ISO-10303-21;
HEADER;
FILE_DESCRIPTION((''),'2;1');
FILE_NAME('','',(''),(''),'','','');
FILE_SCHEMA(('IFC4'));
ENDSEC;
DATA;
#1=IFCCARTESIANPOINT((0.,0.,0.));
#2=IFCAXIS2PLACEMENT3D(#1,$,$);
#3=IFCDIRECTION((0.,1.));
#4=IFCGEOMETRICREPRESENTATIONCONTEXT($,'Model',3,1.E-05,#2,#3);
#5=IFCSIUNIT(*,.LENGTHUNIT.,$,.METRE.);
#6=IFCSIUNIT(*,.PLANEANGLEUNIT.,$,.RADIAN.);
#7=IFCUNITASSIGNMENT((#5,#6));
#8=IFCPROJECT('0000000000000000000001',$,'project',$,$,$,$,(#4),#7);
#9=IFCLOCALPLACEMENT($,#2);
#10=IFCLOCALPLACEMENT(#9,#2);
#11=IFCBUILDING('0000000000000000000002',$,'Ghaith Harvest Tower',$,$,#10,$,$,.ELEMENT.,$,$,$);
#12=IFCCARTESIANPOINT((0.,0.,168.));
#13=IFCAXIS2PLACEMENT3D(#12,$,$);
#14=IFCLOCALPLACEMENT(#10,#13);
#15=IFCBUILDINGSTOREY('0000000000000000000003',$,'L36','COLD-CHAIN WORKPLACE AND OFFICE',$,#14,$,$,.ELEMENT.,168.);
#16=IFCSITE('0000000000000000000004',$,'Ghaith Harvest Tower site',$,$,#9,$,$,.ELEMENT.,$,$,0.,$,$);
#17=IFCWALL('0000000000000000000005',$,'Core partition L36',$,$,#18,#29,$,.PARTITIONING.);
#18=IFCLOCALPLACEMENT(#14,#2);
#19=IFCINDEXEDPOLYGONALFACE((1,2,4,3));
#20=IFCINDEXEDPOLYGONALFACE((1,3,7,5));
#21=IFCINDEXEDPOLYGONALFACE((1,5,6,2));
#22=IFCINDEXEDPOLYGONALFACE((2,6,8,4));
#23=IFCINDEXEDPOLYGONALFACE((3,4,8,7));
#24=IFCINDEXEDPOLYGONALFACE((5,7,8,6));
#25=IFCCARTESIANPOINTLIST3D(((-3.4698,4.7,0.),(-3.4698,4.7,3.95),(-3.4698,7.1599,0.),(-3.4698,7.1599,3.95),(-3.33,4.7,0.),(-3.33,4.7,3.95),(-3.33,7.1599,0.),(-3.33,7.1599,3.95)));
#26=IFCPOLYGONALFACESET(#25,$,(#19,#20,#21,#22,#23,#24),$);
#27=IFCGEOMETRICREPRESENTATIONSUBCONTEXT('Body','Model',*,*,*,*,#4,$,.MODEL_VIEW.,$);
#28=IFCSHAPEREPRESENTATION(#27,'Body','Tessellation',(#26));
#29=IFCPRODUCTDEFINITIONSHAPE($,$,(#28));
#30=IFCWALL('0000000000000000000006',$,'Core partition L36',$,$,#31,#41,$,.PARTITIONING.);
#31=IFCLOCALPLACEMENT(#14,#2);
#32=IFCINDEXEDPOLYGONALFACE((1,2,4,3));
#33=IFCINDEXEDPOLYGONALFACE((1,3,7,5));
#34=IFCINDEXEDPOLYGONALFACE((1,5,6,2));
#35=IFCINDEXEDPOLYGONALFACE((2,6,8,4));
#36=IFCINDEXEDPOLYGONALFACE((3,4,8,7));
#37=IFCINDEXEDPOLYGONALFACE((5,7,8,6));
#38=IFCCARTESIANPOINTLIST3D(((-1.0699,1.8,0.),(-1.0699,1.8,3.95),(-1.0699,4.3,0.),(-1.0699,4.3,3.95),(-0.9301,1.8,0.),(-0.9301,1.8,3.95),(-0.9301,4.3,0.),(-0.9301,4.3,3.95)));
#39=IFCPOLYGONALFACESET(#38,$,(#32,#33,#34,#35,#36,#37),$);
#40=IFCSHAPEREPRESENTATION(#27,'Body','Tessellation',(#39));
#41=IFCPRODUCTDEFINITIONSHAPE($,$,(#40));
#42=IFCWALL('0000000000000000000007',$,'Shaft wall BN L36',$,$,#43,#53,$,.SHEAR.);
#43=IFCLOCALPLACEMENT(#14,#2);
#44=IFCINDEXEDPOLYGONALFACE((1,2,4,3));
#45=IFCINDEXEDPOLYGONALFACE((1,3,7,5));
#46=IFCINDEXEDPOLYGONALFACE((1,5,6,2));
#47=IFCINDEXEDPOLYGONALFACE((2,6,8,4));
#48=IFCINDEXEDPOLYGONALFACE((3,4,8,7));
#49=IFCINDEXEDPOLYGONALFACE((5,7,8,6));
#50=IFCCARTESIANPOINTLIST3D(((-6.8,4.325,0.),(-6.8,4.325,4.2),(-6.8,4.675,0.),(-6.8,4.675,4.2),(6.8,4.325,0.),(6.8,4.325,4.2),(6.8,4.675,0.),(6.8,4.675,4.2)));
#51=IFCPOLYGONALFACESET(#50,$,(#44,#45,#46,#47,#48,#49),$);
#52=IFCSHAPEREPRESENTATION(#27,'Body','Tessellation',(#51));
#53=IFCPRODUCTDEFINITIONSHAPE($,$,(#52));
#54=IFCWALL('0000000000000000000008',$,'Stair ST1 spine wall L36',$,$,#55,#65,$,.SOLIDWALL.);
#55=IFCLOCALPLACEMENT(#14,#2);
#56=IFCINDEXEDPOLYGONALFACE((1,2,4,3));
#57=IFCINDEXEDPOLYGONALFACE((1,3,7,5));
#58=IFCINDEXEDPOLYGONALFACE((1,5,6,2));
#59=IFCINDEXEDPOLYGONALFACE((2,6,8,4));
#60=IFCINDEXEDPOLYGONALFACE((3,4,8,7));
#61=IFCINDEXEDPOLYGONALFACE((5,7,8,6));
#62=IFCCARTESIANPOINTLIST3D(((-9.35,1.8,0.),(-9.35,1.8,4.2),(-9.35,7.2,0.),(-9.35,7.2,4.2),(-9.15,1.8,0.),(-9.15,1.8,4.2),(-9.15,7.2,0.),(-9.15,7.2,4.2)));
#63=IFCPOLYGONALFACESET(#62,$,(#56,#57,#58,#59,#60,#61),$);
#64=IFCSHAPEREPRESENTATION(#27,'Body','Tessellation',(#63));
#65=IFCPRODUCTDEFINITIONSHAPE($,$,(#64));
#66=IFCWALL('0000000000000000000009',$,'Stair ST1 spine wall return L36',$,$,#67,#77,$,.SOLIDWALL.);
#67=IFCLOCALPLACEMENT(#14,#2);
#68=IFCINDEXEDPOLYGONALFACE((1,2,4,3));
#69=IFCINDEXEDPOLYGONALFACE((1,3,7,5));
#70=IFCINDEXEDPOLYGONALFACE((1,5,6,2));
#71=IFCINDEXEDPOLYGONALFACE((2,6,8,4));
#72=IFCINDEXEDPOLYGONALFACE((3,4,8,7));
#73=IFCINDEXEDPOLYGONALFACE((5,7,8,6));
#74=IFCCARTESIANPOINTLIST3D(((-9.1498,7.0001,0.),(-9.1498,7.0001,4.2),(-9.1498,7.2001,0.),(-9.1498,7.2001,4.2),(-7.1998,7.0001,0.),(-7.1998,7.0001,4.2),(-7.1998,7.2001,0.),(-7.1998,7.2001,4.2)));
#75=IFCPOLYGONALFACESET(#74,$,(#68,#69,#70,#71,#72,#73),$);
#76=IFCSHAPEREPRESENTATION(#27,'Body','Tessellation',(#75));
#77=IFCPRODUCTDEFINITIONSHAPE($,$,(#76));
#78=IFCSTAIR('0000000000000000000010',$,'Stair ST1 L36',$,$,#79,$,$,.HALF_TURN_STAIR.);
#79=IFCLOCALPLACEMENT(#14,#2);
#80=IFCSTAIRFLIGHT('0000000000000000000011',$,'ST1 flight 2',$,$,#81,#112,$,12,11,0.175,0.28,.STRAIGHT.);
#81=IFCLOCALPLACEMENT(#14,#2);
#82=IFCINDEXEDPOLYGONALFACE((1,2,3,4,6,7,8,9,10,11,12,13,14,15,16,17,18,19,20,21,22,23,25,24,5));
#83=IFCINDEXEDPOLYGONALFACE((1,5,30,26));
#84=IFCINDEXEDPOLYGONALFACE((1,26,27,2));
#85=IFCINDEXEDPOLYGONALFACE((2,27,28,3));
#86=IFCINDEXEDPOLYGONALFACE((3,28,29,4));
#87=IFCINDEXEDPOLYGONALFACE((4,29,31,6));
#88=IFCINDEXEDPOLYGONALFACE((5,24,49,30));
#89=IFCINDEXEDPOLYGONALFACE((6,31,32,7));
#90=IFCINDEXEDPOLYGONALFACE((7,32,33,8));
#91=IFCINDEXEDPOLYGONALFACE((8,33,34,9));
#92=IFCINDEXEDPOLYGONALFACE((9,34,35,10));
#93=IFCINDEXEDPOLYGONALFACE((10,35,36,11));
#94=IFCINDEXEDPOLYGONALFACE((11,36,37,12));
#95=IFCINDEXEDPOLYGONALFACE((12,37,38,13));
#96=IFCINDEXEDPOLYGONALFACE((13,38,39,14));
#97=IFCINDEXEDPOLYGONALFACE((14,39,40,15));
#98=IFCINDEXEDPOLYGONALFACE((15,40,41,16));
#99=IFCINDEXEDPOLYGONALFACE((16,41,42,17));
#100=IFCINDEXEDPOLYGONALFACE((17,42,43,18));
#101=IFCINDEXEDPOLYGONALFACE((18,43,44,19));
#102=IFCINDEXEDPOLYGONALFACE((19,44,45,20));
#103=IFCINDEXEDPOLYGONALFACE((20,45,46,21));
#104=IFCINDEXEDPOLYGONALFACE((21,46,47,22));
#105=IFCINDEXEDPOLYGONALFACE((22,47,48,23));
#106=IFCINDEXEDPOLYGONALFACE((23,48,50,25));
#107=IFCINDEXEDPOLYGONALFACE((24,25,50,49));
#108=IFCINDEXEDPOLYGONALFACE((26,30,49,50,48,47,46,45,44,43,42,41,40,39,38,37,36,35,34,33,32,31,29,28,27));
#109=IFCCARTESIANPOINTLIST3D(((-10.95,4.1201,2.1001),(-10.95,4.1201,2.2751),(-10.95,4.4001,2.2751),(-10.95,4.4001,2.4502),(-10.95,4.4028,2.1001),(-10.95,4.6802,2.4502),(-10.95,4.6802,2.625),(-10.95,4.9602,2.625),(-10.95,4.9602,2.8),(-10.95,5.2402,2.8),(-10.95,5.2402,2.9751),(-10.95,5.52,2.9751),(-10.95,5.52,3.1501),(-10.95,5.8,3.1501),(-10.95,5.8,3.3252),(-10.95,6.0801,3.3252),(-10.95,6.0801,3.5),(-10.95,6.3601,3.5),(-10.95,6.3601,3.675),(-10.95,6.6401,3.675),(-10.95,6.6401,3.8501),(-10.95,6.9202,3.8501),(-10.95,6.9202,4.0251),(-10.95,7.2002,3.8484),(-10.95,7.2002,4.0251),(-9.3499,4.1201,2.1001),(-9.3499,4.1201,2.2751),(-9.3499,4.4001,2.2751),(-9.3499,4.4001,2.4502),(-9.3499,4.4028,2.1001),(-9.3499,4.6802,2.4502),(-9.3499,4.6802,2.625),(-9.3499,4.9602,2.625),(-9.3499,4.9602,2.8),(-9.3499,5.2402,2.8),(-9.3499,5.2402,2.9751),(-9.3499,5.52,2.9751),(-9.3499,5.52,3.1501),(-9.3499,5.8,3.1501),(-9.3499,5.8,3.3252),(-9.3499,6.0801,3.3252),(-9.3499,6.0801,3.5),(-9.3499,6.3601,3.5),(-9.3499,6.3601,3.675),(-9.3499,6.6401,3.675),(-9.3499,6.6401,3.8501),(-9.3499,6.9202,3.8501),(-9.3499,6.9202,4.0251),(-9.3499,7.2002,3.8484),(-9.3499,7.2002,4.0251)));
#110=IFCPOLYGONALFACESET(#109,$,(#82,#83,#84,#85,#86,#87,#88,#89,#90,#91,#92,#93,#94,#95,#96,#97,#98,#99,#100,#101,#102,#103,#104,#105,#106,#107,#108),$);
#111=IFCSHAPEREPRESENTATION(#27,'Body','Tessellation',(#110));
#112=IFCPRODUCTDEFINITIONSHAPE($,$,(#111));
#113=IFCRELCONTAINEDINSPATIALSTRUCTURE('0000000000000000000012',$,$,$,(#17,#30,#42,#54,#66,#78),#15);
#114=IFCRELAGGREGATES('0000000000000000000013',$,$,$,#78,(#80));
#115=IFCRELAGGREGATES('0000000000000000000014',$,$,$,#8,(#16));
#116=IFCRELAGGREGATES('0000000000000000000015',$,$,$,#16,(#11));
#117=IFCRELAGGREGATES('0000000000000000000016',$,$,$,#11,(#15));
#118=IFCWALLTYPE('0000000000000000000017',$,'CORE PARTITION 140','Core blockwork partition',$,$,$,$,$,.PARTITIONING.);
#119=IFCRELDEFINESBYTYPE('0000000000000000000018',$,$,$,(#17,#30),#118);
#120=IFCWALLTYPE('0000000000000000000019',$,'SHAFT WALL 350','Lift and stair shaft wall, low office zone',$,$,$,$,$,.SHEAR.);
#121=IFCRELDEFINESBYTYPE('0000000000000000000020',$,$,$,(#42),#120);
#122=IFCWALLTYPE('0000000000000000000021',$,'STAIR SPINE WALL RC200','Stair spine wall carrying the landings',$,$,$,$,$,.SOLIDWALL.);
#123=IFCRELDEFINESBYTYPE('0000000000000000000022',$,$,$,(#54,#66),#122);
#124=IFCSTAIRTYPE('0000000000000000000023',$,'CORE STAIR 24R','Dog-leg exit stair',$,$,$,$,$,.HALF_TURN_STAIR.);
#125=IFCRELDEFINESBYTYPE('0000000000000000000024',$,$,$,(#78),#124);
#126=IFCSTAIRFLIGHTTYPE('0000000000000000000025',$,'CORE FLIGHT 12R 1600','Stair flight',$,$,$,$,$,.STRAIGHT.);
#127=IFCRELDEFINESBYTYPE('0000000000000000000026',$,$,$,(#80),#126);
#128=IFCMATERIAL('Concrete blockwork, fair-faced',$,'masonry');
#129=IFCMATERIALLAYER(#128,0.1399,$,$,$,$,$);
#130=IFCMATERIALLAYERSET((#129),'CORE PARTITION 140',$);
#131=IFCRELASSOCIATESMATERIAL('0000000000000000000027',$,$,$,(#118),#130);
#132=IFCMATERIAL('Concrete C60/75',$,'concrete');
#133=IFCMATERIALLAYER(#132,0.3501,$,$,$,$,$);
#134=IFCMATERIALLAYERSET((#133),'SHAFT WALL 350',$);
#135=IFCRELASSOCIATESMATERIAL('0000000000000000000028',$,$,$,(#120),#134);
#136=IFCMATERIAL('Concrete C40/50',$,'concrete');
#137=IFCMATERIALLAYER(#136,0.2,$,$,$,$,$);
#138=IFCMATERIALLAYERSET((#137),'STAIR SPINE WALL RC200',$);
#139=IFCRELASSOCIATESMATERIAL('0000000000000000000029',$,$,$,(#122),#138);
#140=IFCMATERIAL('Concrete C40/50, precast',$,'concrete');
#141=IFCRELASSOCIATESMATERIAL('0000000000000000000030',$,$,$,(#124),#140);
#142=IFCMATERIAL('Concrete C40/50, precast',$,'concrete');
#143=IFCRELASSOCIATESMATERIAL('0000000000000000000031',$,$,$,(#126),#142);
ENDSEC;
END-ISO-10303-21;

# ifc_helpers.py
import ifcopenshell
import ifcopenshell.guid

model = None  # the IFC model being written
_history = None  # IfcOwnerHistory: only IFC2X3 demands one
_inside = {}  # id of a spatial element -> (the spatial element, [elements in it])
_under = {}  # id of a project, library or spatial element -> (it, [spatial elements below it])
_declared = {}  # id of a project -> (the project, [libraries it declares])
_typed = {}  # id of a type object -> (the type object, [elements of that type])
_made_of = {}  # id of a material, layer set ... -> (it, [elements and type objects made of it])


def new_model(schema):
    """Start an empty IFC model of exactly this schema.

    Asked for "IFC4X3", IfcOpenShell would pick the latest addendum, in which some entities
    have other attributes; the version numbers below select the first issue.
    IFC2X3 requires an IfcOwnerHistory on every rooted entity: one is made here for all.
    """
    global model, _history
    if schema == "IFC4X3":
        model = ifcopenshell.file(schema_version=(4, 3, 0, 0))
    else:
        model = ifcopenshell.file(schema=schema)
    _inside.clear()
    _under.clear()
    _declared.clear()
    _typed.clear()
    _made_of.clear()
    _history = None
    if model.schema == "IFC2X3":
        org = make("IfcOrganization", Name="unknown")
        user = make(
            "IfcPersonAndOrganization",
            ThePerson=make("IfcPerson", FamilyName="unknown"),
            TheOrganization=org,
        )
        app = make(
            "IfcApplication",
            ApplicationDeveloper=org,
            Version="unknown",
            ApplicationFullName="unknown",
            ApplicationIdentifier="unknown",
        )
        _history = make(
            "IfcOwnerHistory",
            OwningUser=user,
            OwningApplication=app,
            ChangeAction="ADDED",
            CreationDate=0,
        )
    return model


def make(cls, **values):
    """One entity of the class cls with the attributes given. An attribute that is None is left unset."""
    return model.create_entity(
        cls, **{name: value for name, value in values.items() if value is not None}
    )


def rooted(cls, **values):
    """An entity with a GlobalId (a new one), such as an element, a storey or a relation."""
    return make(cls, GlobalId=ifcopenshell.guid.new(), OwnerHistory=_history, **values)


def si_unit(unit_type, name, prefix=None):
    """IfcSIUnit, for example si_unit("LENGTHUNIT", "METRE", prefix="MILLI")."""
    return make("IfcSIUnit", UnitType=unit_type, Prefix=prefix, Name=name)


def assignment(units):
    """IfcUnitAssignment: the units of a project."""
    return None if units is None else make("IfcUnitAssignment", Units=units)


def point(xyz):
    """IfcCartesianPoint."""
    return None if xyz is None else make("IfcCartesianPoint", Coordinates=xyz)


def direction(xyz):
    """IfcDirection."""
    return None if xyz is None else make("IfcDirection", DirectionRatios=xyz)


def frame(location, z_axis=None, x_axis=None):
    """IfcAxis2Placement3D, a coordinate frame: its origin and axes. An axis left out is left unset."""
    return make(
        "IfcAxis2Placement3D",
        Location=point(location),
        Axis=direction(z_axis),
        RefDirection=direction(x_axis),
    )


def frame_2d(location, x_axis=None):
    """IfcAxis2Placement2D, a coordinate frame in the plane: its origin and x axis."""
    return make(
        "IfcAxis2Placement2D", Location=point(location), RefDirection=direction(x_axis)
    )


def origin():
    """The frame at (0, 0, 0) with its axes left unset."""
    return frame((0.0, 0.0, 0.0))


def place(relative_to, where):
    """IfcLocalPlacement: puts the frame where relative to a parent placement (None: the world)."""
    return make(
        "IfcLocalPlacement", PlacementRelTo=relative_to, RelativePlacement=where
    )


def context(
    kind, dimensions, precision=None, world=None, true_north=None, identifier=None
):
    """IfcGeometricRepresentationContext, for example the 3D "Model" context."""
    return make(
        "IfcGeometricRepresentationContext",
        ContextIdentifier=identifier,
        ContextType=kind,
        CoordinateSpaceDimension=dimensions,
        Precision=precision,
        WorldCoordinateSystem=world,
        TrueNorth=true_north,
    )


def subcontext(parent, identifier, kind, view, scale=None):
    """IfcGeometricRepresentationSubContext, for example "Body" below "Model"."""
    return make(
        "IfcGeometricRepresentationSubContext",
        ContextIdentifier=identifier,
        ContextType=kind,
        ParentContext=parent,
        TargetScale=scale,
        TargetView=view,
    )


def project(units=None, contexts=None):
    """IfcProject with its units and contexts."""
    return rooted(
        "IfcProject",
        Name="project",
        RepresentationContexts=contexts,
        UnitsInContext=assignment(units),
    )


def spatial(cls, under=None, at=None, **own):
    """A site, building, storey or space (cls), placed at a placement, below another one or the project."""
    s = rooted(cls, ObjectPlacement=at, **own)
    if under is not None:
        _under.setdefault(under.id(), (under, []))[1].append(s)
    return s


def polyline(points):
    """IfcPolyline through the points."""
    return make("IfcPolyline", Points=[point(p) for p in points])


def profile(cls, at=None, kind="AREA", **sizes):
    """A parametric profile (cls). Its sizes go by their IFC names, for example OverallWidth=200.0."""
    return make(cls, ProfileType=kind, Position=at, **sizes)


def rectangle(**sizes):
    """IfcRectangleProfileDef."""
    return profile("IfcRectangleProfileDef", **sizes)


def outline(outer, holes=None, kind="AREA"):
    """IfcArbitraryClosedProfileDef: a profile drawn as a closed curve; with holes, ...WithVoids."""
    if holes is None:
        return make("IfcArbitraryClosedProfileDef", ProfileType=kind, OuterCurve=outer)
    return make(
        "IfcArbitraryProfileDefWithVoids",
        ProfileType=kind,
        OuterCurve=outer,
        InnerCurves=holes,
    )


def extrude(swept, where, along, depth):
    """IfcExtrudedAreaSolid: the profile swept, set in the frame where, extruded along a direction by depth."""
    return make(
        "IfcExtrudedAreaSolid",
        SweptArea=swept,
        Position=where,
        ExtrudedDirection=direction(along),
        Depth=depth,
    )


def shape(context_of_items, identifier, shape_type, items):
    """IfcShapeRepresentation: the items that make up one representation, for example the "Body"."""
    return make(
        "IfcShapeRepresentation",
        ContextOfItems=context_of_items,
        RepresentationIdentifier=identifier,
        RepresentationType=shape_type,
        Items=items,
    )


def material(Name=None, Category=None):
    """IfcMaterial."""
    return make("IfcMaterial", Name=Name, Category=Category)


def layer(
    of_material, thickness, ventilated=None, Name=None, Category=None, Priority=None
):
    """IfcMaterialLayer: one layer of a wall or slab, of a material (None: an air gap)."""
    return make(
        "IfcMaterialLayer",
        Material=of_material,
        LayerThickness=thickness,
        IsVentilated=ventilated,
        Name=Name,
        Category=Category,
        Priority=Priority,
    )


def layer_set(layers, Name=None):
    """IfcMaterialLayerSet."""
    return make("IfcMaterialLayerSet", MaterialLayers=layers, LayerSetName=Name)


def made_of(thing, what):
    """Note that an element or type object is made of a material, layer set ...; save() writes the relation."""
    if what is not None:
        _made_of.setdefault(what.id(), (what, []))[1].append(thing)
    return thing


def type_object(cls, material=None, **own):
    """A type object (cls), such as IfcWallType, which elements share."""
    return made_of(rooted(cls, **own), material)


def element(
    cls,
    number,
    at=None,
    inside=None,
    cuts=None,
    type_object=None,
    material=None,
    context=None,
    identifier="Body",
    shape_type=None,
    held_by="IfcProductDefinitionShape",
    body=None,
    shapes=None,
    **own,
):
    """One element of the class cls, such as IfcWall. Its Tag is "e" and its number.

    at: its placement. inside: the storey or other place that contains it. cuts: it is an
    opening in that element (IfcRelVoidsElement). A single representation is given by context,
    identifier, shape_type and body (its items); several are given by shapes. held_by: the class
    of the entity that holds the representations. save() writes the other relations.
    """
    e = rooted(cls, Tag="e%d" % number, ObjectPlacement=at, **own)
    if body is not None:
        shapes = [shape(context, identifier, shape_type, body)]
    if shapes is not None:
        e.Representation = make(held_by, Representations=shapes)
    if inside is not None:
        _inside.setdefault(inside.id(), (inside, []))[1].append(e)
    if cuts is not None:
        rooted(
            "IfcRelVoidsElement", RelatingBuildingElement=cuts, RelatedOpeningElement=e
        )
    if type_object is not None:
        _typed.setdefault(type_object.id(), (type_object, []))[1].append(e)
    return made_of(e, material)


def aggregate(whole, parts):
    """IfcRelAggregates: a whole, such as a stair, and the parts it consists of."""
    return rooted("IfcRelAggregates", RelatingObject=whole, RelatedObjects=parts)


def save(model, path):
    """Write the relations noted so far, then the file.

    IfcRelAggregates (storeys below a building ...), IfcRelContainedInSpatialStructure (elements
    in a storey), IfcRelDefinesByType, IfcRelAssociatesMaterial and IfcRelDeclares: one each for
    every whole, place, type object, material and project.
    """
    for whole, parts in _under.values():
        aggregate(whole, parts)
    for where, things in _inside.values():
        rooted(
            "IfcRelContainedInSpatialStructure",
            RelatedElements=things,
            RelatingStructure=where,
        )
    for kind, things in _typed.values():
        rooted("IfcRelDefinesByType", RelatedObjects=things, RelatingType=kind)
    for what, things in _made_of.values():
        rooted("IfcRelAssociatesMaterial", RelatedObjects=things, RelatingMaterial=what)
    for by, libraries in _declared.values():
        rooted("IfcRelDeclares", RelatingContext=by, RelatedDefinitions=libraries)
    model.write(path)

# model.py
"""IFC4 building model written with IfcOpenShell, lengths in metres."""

from ifc_helpers import new_model, si_unit, direction, frame, frame_2d, origin, place, context, subcontext, project, spatial, polyline, rectangle, outline, extrude, material, layer, layer_set, type_object, element, aggregate, save


model = new_model("IFC4")

# Units and contexts
model_context = context("Model", 3, precision=1e-05, world=origin(), true_north=direction((0.0, 1.0)))
body_context = subcontext(model_context, "Body", "Model", "MODEL_VIEW")
ifc_project = project(units=[si_unit("LENGTHUNIT", "METRE"), si_unit("PLANEANGLEUNIT", "RADIAN")], contexts=[model_context])

# Site, building, storey
site_placement = place(None, origin())
site = spatial("IfcSite", under=ifc_project, at=site_placement, Name="Ghaith Harvest Tower site", CompositionType="ELEMENT", RefElevation=0.0)
building_placement = place(site_placement, origin())
building = spatial("IfcBuilding", under=site, at=building_placement, Name="Ghaith Harvest Tower", CompositionType="ELEMENT")
storey_placement = place(building_placement, frame((0.0, 0.0, 168.0)))
storey = spatial("IfcBuildingStorey", under=building, at=storey_placement, Name="L36", Description="COLD-CHAIN WORKPLACE AND OFFICE", CompositionType="ELEMENT", Elevation=168.0)

# Shared definitions
ifc_material_1 = material(Name="Concrete blockwork, fair-faced", Category="masonry")
ifc_layer_1 = layer(ifc_material_1, 0.1399)
ifc_layer_set_1 = layer_set([ifc_layer_1], Name="CORE PARTITION 140")
wall_type_1 = type_object("IfcWallType", Name="CORE PARTITION 140", Description="Core blockwork partition", PredefinedType="PARTITIONING", material=ifc_layer_set_1)

# Walls
wall_1_placement = place(storey_placement, frame((-3.3999, 4.7, 0.0), z_axis=(0.0, 0.0, 1.0), x_axis=(0.0, 1.0, 0.0)))
element("IfcWall", 1, at=wall_1_placement, inside=storey, type_object=wall_type_1, Name="Core partition L36", PredefinedType="PARTITIONING", context=body_context, shape_type="SweptSolid", body=[
    extrude(rectangle(XDim=2.46, YDim=0.1399, at=frame_2d((1.23, 0.0))), origin(), (0.0, 0.0, 1.0), 3.95),
])
wall_2_placement = place(storey_placement, frame((-1.0, 1.8, 0.0), z_axis=(0.0, 0.0, 1.0), x_axis=(0.0, 1.0, 0.0)))
element("IfcWall", 2, at=wall_2_placement, inside=storey, type_object=wall_type_1, Name="Core partition L36", PredefinedType="PARTITIONING", context=body_context, shape_type="SweptSolid", body=[
    extrude(rectangle(XDim=2.5, YDim=0.1399, at=frame_2d((1.25, 0.0))), origin(), (0.0, 0.0, 1.0), 3.95),
])

# Shared definitions
ifc_material_2 = material(Name="Concrete C60/75", Category="concrete")
ifc_layer_2 = layer(ifc_material_2, 0.3501)
ifc_layer_set_2 = layer_set([ifc_layer_2], Name="SHAFT WALL 350")
wall_type_2 = type_object("IfcWallType", Name="SHAFT WALL 350", Description="Lift and stair shaft wall, low office zone", PredefinedType="SHEAR", material=ifc_layer_set_2)

# Walls
wall_3_placement = place(storey_placement, frame((-6.8, 4.5, 0.0), z_axis=(0.0, 0.0, 1.0), x_axis=(1.0, 0.0, 0.0)))
element("IfcWall", 3, at=wall_3_placement, inside=storey, type_object=wall_type_2, Name="Shaft wall BN L36", PredefinedType="SHEAR", context=body_context, shape_type="SweptSolid", body=[
    extrude(rectangle(XDim=13.6001, YDim=0.3501, at=frame_2d((6.8, 0.0))), origin(), (0.0, 0.0, 1.0), 4.2),
])
ifc_material_3 = material(Name="Concrete C40/50", Category="concrete")
ifc_layer_3 = layer(ifc_material_3, 0.2)
ifc_layer_set_3 = layer_set([ifc_layer_3], Name="STAIR SPINE WALL RC200")
wall_type_3 = type_object("IfcWallType", Name="STAIR SPINE WALL RC200", Description="Stair spine wall carrying the landings", PredefinedType="SOLIDWALL", material=ifc_layer_set_3)
wall_4_placement = place(storey_placement, frame((-9.25, 7.2, 0.0), z_axis=(0.0, 0.0, 1.0), x_axis=(0.0, -1.0, 0.0)))
element("IfcWall", 4, at=wall_4_placement, inside=storey, type_object=wall_type_3, Name="Stair ST1 spine wall L36", PredefinedType="SOLIDWALL", context=body_context, shape_type="SweptSolid", body=[
    extrude(rectangle(XDim=5.3999, YDim=0.2, at=frame_2d((2.7, 0.0))), origin(), (0.0, 0.0, 1.0), 4.2),
])
wall_5_placement = place(storey_placement, frame((-9.1499, 7.1001, 0.0), z_axis=(0.0, 0.0, 1.0), x_axis=(1.0, 0.0, 0.0)))
element("IfcWall", 5, at=wall_5_placement, inside=storey, type_object=wall_type_3, Name="Stair ST1 spine wall return L36", PredefinedType="SOLIDWALL", context=body_context, shape_type="SweptSolid", body=[
    extrude(rectangle(XDim=1.95, YDim=0.2, at=frame_2d((0.9751, 0.0))), origin(), (0.0, 0.0, 1.0), 4.2),
])

# Stair, stair flight
ifc_material_4 = material(Name="Concrete C40/50, precast", Category="concrete")
stair_type = type_object("IfcStairType", Name="CORE STAIR 24R", Description="Dog-leg exit stair", PredefinedType="HALF_TURN_STAIR", material=ifc_material_4)
stair_placement = place(storey_placement, origin())
stair = element("IfcStair", 6, at=stair_placement, inside=storey, type_object=stair_type, Name="Stair ST1 L36", PredefinedType="HALF_TURN_STAIR")
ifc_material_5 = material(Name="Concrete C40/50, precast", Category="concrete")
stair_flight_type = type_object("IfcStairFlightType", Name="CORE FLIGHT 12R 1600", Description="Stair flight", PredefinedType="STRAIGHT", material=ifc_material_5)
stair_flight_placement = place(storey_placement, frame((-10.1499, 4.1201, 2.1001), z_axis=(0.0, 0.0, 1.0), x_axis=(0.0, 1.0, 0.0)))
stair_flight = element("IfcStairFlight", 7, at=stair_flight_placement, type_object=stair_flight_type, Name="ST1 flight 2", NumberOfRisers=12, NumberOfTreads=11, PredefinedType="STRAIGHT", RiserHeight=0.175, TreadLength=0.28, context=body_context, shape_type="SweptSolid", body=[
    extrude(outline(polyline([(0.0, 0.0), (0.0, 0.175), (0.28, 0.175), (0.28, 0.3501), (0.5601, 0.3501), (0.5601, 0.5249), (0.8401, 0.5249), (0.8401, 0.7), (1.1201, 0.7), (1.1201, 0.875), (1.3999, 0.875), (1.3999, 1.05), (1.6799, 1.05), (1.6799, 1.2251), (1.96, 1.2251), (1.96, 1.3999), (2.24, 1.3999), (2.24, 1.575), (2.52, 1.575), (2.52, 1.75), (2.8, 1.75), (2.8, 1.925), (3.0801, 1.925), (3.0801, 2.1001), (3.0801, 1.7483), (0.2827, 0.0), (0.0, 0.0)])), frame((0.0, 0.8, 0.0), z_axis=(0.0, -1.0, 0.0), x_axis=(1.0, 0.0, 0.0)), (0.0, 0.0, 1.0), 1.6001),
])
aggregate(stair, [stair_flight])

save(model, "model.ifc")
